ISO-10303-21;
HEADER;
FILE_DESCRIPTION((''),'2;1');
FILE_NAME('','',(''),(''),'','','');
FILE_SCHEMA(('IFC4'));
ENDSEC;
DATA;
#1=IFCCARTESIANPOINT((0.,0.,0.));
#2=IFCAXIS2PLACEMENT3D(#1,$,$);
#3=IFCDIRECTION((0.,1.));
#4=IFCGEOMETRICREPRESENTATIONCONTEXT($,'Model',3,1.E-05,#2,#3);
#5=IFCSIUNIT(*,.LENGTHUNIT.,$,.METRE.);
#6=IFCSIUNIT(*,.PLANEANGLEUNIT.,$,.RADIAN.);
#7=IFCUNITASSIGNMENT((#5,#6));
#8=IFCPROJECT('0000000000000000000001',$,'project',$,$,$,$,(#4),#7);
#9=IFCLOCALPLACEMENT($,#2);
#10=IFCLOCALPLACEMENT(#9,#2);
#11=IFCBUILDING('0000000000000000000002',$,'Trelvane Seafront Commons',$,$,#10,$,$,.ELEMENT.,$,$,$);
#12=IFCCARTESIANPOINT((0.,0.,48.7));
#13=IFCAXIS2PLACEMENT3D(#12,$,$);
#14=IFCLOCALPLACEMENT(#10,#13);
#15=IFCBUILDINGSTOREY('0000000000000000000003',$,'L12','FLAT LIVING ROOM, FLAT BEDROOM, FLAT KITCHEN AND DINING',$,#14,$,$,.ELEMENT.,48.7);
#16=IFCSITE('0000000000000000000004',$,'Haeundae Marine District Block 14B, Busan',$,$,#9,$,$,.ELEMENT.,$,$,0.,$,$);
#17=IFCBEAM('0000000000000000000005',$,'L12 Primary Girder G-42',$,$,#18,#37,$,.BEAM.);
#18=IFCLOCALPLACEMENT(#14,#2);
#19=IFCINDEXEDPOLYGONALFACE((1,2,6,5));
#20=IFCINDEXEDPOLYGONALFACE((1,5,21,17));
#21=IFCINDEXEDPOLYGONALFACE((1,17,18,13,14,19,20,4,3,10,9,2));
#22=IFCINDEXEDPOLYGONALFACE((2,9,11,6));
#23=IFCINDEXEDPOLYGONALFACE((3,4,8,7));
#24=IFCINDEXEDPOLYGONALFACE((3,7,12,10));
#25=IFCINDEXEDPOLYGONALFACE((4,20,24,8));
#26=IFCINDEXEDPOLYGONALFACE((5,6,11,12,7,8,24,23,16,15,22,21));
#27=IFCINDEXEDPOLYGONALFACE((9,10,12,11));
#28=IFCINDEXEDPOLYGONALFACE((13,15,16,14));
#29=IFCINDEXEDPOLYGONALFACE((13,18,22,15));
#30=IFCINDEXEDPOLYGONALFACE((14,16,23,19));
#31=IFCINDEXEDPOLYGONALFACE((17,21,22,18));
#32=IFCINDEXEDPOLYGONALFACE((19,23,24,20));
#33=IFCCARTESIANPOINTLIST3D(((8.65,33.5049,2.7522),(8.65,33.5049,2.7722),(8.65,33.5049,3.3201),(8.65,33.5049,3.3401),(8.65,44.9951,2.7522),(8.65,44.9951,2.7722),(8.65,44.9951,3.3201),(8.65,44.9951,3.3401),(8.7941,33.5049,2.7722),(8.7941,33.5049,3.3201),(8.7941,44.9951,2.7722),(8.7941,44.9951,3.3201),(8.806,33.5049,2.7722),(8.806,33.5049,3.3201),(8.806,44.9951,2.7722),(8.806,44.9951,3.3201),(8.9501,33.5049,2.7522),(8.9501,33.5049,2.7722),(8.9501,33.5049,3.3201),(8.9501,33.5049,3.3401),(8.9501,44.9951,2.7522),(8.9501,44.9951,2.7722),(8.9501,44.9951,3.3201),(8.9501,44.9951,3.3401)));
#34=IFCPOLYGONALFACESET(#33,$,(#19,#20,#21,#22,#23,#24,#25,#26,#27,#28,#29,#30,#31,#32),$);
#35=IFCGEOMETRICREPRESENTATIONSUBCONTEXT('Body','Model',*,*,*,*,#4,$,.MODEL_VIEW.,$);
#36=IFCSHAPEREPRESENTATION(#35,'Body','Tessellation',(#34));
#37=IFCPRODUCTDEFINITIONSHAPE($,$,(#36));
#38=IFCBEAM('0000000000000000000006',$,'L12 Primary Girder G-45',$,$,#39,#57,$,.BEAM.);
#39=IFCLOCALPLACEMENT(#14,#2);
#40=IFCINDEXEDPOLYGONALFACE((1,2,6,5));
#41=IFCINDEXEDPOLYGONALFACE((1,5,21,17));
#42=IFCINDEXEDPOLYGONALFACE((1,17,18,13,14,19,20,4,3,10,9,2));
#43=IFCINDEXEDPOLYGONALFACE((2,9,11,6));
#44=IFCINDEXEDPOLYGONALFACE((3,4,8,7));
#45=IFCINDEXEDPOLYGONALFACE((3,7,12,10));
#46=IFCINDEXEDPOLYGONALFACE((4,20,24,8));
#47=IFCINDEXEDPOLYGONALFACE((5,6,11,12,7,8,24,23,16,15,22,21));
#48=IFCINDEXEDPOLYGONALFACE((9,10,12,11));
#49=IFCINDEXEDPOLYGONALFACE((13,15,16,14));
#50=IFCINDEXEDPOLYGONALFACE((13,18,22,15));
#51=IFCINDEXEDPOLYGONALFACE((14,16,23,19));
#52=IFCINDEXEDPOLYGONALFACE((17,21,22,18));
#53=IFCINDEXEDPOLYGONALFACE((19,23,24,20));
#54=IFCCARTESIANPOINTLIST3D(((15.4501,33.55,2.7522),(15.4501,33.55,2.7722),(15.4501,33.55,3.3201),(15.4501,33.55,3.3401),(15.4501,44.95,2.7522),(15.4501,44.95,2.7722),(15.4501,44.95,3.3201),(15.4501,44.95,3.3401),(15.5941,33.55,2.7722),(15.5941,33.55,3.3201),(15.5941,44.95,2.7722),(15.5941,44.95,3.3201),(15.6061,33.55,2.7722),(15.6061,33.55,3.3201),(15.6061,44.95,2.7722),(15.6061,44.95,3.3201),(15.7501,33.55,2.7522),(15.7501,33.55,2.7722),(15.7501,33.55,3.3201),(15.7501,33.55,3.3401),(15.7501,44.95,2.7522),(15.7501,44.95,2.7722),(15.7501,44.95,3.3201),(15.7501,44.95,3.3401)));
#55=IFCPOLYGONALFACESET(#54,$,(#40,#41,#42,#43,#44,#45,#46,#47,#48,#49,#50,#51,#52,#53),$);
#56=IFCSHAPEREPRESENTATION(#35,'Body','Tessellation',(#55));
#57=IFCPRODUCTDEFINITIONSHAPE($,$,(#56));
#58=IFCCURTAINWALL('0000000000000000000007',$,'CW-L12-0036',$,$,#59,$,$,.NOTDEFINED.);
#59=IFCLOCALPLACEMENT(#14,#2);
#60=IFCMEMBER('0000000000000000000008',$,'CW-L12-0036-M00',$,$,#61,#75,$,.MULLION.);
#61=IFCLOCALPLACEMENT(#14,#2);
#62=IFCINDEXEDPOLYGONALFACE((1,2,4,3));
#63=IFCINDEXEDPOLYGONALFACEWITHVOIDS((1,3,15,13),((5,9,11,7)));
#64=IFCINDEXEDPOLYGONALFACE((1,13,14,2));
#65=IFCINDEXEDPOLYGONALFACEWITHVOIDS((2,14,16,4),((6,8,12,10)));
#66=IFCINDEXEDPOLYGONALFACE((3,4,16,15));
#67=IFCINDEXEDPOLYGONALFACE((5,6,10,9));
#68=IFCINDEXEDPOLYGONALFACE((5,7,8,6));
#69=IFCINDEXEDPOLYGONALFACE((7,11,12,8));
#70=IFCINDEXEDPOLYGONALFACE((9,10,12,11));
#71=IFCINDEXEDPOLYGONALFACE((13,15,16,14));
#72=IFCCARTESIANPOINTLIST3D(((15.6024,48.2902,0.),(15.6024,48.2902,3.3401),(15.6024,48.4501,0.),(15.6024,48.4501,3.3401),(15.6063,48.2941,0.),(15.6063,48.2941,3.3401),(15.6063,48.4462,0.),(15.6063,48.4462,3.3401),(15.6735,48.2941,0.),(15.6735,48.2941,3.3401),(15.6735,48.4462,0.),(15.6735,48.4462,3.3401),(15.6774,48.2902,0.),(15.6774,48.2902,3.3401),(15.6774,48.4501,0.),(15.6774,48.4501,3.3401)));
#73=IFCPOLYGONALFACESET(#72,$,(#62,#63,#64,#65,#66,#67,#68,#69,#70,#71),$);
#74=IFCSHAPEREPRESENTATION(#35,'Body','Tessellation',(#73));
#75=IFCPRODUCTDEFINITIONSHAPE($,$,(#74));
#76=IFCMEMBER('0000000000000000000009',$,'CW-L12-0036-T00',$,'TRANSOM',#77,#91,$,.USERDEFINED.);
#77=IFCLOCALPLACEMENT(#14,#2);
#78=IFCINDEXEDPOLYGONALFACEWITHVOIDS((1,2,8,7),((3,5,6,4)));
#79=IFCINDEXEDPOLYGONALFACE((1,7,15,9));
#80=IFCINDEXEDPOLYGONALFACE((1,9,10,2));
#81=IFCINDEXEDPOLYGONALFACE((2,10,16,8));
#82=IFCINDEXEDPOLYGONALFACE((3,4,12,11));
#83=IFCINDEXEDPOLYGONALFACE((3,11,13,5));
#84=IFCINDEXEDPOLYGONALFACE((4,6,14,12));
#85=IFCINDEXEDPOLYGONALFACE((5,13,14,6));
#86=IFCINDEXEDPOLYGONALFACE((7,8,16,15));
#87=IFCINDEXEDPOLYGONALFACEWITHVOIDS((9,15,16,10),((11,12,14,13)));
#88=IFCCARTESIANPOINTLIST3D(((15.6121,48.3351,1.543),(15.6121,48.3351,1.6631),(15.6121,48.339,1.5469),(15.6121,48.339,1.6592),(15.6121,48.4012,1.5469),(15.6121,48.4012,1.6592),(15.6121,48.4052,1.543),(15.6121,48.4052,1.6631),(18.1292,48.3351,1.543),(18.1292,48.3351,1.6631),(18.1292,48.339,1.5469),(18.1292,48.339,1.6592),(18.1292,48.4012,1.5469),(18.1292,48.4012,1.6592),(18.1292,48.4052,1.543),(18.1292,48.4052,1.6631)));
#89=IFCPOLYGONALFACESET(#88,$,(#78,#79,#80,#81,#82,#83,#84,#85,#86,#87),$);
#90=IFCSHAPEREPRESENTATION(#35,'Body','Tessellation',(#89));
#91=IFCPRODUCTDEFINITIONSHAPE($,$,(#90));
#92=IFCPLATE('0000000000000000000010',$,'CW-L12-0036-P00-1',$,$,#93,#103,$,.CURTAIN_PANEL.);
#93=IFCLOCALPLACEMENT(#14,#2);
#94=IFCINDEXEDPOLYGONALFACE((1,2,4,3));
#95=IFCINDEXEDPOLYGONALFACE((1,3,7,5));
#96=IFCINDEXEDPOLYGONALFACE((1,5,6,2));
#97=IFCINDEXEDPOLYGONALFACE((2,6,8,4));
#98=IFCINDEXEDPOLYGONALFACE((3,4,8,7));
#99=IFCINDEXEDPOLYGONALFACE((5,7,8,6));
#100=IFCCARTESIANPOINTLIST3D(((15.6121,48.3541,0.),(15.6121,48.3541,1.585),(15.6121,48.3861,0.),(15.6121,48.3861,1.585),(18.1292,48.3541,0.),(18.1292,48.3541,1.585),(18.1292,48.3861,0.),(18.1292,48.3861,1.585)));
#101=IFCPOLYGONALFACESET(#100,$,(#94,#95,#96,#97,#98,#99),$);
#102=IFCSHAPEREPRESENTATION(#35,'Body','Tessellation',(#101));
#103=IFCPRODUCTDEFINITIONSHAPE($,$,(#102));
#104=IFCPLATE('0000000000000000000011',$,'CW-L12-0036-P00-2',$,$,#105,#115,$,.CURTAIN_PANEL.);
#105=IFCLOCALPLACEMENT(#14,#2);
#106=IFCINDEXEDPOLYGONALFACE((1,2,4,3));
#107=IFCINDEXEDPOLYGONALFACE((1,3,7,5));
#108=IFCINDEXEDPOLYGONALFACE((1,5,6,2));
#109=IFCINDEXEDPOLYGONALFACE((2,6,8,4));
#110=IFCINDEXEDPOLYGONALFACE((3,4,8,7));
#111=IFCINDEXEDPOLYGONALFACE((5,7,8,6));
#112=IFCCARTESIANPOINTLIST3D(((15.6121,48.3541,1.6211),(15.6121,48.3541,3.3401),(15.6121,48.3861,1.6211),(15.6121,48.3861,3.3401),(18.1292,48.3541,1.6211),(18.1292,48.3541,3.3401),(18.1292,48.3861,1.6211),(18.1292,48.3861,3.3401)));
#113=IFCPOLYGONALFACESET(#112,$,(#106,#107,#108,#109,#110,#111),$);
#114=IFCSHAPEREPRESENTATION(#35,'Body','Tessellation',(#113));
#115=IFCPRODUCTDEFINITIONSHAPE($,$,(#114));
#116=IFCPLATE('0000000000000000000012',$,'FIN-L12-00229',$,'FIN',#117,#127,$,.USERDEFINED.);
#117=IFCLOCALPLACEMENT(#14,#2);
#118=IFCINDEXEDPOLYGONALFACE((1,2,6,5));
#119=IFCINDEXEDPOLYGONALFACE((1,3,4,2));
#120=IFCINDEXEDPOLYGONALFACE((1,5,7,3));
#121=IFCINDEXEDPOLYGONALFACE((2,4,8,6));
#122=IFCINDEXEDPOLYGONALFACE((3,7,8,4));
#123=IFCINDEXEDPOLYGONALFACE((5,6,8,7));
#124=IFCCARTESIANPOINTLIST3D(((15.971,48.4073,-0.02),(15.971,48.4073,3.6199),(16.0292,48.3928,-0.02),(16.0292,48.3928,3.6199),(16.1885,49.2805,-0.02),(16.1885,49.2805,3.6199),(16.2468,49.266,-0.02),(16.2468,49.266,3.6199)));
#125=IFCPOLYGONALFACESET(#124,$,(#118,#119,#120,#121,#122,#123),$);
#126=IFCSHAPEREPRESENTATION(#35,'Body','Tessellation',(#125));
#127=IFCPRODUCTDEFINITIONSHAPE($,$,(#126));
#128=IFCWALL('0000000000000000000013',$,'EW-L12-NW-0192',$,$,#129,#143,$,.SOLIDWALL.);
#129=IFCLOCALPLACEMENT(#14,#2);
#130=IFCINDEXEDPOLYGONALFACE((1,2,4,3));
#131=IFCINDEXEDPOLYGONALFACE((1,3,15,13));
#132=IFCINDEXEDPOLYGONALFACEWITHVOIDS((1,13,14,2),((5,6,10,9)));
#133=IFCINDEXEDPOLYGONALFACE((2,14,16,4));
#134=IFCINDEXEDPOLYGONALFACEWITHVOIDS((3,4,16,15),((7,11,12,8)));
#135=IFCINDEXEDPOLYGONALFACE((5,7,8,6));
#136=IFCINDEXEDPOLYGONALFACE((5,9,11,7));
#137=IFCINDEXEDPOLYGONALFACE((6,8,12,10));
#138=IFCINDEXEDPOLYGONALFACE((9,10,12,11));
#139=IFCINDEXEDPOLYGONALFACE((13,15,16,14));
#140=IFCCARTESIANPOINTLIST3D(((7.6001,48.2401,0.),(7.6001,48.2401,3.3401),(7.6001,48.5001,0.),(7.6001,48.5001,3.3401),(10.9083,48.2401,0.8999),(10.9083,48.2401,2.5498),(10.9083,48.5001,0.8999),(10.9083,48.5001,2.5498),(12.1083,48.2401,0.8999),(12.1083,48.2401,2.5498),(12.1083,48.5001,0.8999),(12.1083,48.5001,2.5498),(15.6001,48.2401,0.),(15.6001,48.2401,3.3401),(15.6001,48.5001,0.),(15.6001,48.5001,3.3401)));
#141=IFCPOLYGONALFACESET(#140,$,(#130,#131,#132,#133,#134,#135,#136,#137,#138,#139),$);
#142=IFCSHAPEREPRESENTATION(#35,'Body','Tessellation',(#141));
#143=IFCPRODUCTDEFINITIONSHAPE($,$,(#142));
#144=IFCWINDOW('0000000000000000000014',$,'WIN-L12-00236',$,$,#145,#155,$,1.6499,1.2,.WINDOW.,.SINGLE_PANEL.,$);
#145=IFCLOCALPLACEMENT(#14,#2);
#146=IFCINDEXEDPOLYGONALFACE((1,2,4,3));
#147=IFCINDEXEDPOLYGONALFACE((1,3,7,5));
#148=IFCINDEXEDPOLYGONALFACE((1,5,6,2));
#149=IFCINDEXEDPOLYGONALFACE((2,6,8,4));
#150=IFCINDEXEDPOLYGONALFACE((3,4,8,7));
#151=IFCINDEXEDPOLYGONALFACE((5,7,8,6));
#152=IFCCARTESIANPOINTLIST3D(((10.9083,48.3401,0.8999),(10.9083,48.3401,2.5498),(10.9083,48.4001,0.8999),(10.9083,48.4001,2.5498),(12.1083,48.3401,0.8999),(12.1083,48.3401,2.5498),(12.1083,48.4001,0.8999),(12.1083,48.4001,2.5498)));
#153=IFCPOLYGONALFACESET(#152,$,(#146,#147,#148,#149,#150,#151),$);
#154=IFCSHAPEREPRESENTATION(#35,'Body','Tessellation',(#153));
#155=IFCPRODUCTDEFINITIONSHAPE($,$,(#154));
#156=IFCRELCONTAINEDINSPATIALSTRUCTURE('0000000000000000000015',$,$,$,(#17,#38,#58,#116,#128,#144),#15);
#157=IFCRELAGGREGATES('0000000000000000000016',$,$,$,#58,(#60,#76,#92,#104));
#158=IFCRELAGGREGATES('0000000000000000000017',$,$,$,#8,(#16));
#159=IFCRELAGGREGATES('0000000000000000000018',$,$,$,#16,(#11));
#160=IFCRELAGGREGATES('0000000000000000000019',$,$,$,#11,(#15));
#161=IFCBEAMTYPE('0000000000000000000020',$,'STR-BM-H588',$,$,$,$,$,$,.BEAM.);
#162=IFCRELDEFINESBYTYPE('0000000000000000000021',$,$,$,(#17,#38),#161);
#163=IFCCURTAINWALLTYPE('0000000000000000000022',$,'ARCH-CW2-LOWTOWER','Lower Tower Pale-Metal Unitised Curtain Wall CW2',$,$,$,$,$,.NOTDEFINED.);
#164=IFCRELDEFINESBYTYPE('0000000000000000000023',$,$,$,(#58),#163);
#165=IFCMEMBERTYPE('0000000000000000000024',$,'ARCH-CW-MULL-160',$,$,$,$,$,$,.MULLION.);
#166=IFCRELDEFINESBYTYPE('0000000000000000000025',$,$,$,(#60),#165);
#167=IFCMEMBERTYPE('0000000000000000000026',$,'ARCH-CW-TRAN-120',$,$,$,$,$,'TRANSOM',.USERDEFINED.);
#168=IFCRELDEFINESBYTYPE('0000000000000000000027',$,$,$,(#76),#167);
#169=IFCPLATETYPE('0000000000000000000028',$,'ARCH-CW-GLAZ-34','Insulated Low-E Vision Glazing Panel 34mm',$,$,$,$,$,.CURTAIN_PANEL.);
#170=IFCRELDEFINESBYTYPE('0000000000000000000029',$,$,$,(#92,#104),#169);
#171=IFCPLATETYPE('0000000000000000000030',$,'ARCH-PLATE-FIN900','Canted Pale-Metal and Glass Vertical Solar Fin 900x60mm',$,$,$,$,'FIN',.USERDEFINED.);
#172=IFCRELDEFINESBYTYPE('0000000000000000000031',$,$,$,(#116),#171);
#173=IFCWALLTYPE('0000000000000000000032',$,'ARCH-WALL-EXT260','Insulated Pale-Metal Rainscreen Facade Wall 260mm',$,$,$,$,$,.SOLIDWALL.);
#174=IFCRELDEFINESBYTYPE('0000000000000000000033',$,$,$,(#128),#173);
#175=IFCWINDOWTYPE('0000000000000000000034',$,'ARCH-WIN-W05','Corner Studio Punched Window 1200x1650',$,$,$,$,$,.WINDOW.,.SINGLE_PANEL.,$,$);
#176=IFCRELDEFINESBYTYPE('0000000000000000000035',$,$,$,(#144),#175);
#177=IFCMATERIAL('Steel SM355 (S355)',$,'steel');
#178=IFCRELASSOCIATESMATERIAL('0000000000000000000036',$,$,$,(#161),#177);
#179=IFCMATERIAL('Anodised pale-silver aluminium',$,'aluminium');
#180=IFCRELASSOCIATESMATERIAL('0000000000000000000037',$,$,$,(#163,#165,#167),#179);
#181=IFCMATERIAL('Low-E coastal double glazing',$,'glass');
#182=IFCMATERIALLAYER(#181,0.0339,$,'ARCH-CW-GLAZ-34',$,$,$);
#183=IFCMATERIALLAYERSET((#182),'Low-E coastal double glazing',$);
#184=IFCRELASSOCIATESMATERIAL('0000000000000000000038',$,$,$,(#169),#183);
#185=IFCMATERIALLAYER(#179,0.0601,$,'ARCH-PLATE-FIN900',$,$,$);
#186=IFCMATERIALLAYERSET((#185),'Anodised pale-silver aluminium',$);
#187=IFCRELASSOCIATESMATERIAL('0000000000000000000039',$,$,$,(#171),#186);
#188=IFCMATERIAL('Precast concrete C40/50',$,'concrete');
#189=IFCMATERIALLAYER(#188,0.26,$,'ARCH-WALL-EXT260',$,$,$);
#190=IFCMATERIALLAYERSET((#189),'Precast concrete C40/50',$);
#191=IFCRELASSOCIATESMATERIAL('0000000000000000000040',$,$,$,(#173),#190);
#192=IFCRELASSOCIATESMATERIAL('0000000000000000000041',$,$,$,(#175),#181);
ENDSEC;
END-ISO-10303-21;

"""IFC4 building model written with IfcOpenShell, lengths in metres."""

from ifc_helpers import new_model, si_unit, direction, frame, frame_2d, origin, origin_2d, place, context, subcontext, project, spatial, rectangle, hollow_rectangle, i_section, extrude, source, transform, mapped, material, layer, layer_set, material_profile, profile_set, type_object, element, fill, aggregate, save


model = new_model("IFC4")

# Units and contexts
model_context = context("Model", 3, precision=1e-05, world=origin(), true_north=direction((0.0, 1.0)))
body_context = subcontext(model_context, "Body", "Model", "MODEL_VIEW")
ifc_project = project(units=[si_unit("LENGTHUNIT", "METRE"), si_unit("PLANEANGLEUNIT", "RADIAN")], contexts=[model_context])

# Site, building, storey
site_placement = place(None, origin())
site = spatial("IfcSite", under=ifc_project, at=site_placement, Name="Haeundae Marine District Block 14B, Busan", CompositionType="ELEMENT", RefElevation=0.0)
building_placement = place(site_placement, origin())
building = spatial("IfcBuilding", under=site, at=building_placement, Name="Trelvane Seafront Commons", CompositionType="ELEMENT")
storey_placement = place(building_placement, frame((0.0, 0.0, 48.7)))
storey = spatial("IfcBuildingStorey", under=building, at=storey_placement, Name="L12", Description="FLAT LIVING ROOM, FLAT BEDROOM, FLAT KITCHEN AND DINING", CompositionType="ELEMENT", Elevation=48.7)

# Shared definitions
ifc_material_1 = material(Name="Steel SM355 (S355)", Category="steel")

# Beams
ifc_material_profile_1 = material_profile(ifc_material_1, i_section(OverallWidth=0.3, OverallDepth=0.5879, WebThickness=0.012, FlangeThickness=0.02, at=origin_2d()), Name="H-588x300x12x20")
ifc_profile_set_1 = profile_set([ifc_material_profile_1], Name="Steel SM355 (S355)")
beam_type_1 = type_object("IfcBeamType", Name="STR-BM-H588", PredefinedType="BEAM", material=ifc_profile_set_1)
shared_shape_1 = source(origin(), body_context, "Body", "SweptSolid", [
    extrude(i_section(OverallWidth=0.3, OverallDepth=0.5879, WebThickness=0.012, FlangeThickness=0.02, at=origin_2d()), origin(), (0.0, 0.0, 1.0), 11.4902),
])
for number, where, z_axis, x_axis, name in (
    (1, (8.8, 33.5049, 3.0461), (0.0, 1.0, 0.0), (-1.0, 0.0, 0.0), "L12 Primary Girder G-42"),
):
    element("IfcBeam", number, at=place(storey_placement, frame(where, z_axis=z_axis, x_axis=x_axis)), inside=storey, type_object=beam_type_1, Name=name, PredefinedType="BEAM", context=body_context, shape_type="MappedRepresentation", body=[
        mapped(shared_shape_1, transform((0.0, 0.0, 0.0), x_axis=(1.0, 0.0, 0.0), y_axis=(0.0, 1.0, 0.0), z_axis=(0.0, 0.0, 1.0), scale=1.0)),
    ])
shared_shape_2 = source(origin(), body_context, "Body", "SweptSolid", [
    extrude(i_section(OverallWidth=0.3, OverallDepth=0.5879, WebThickness=0.012, FlangeThickness=0.02, at=origin_2d()), origin(), (0.0, 0.0, 1.0), 11.3999),
])
beam_1_placement = place(storey_placement, frame((15.6001, 33.55, 3.0461), z_axis=(0.0, 1.0, 0.0), x_axis=(-1.0, 0.0, 0.0)))
element("IfcBeam", 2, at=beam_1_placement, inside=storey, type_object=beam_type_1, Name="L12 Primary Girder G-45", PredefinedType="BEAM", context=body_context, shape_type="MappedRepresentation", body=[
    mapped(shared_shape_2, transform((0.0, 0.0, 0.0), x_axis=(1.0, 0.0, 0.0), y_axis=(0.0, 1.0, 0.0), z_axis=(0.0, 0.0, 1.0), scale=1.0)),
])

# Curtain wall, members, plates
ifc_material_2 = material(Name="Anodised pale-silver aluminium", Category="aluminium")
curtain_wall_type = type_object("IfcCurtainWallType", Name="ARCH-CW2-LOWTOWER", Description="Lower Tower Pale-Metal Unitised Curtain Wall CW2", PredefinedType="NOTDEFINED", material=ifc_material_2)
curtain_wall_placement = place(storey_placement, origin())
curtain_wall = element("IfcCurtainWall", 3, at=curtain_wall_placement, inside=storey, type_object=curtain_wall_type, Name="CW-L12-0036", PredefinedType="NOTDEFINED")
ifc_material_profile_2 = material_profile(ifc_material_2, hollow_rectangle(XDim=0.075, YDim=0.1599, WallThickness=0.0039, at=origin_2d()), Name="MULL-75x160x4")
ifc_profile_set_2 = profile_set([ifc_material_profile_2], Name="Anodised pale-silver aluminium")
member_type_1 = type_object("IfcMemberType", Name="ARCH-CW-MULL-160", PredefinedType="MULLION", material=ifc_profile_set_2)
shared_shape_3 = source(origin(), body_context, "Body", "SweptSolid", [
    extrude(hollow_rectangle(XDim=0.075, YDim=0.1599, WallThickness=0.0039, at=origin_2d()), origin(), (0.0, 0.0, 1.0), 3.3401),
])
member_1_placement = place(storey_placement, frame((15.6399, 48.3701, 0.0), z_axis=(0.0, 0.0, 1.0), x_axis=(1.0, 0.0, 0.0)))
member_1 = element("IfcMember", 4, at=member_1_placement, type_object=member_type_1, Name="CW-L12-0036-M00", PredefinedType="MULLION", context=body_context, shape_type="MappedRepresentation", body=[
    mapped(shared_shape_3, transform((0.0, 0.0, 0.0), x_axis=(1.0, 0.0, 0.0), y_axis=(0.0, 1.0, 0.0), z_axis=(0.0, 0.0, 1.0), scale=1.0)),
])
ifc_material_profile_3 = material_profile(ifc_material_2, hollow_rectangle(XDim=0.0701, YDim=0.1201, WallThickness=0.0039, at=origin_2d()), Name="TRAN-70x120x4")
ifc_profile_set_3 = profile_set([ifc_material_profile_3], Name="Anodised pale-silver aluminium")
member_type_2 = type_object("IfcMemberType", Name="ARCH-CW-TRAN-120", ElementType="TRANSOM", PredefinedType="USERDEFINED", material=ifc_profile_set_3)
shared_shape_4 = source(origin(), body_context, "Body", "SweptSolid", [
    extrude(hollow_rectangle(XDim=0.0701, YDim=0.1201, WallThickness=0.0039, at=origin_2d()), origin(), (0.0, 0.0, 1.0), 2.5171),
])
member_2_placement = place(storey_placement, frame((15.6121, 48.3701, 1.603), z_axis=(1.0, 0.0, 0.0), x_axis=(0.0, 1.0, 0.0)))
member_2 = element("IfcMember", 5, at=member_2_placement, type_object=member_type_2, Name="CW-L12-0036-T00", ObjectType="TRANSOM", PredefinedType="USERDEFINED", context=body_context, shape_type="MappedRepresentation", body=[
    mapped(shared_shape_4, transform((0.0, 0.0, 0.0), x_axis=(1.0, 0.0, 0.0), y_axis=(0.0, 1.0, 0.0), z_axis=(0.0, 0.0, 1.0), scale=1.0)),
])
ifc_material_3 = material(Name="Low-E coastal double glazing", Category="glass")
ifc_layer_1 = layer(ifc_material_3, 0.0339, Name="ARCH-CW-GLAZ-34")
ifc_layer_set_1 = layer_set([ifc_layer_1], Name="Low-E coastal double glazing")
plate_type_1 = type_object("IfcPlateType", Name="ARCH-CW-GLAZ-34", Description="Insulated Low-E Vision Glazing Panel 34mm", PredefinedType="CURTAIN_PANEL", material=ifc_layer_set_1)
shared_shape_5 = source(origin(), body_context, "Body", "SweptSolid", [
    extrude(rectangle(XDim=2.5171, YDim=0.032, at=origin_2d()), origin(), (0.0, 0.0, 1.0), 1.585),
])
plate_1_placement = place(storey_placement, frame((16.8706, 48.3701, 0.0), z_axis=(0.0, 0.0, 1.0), x_axis=(1.0, 0.0, 0.0)))
plate_1 = element("IfcPlate", 6, at=plate_1_placement, type_object=plate_type_1, Name="CW-L12-0036-P00-1", PredefinedType="CURTAIN_PANEL", context=body_context, shape_type="MappedRepresentation", body=[
    mapped(shared_shape_5, transform((0.0, 0.0, 0.0), x_axis=(1.0, 0.0, 0.0), y_axis=(0.0, 1.0, 0.0), z_axis=(0.0, 0.0, 1.0), scale=1.0)),
])
shared_shape_6 = source(origin(), body_context, "Body", "SweptSolid", [
    extrude(rectangle(XDim=2.5171, YDim=0.032, at=origin_2d()), origin(), (0.0, 0.0, 1.0), 1.719),
])
plate_2_placement = place(storey_placement, frame((16.8706, 48.3701, 1.6211), z_axis=(0.0, 0.0, 1.0), x_axis=(1.0, 0.0, 0.0)))
plate_2 = element("IfcPlate", 7, at=plate_2_placement, type_object=plate_type_1, Name="CW-L12-0036-P00-2", PredefinedType="CURTAIN_PANEL", context=body_context, shape_type="MappedRepresentation", body=[
    mapped(shared_shape_6, transform((0.0, 0.0, 0.0), x_axis=(1.0, 0.0, 0.0), y_axis=(0.0, 1.0, 0.0), z_axis=(0.0, 0.0, 1.0), scale=1.0)),
])
aggregate(curtain_wall, [member_1, member_2, plate_1, plate_2])

# Plate
ifc_layer_2 = layer(ifc_material_2, 0.0601, Name="ARCH-PLATE-FIN900")
ifc_layer_set_2 = layer_set([ifc_layer_2], Name="Anodised pale-silver aluminium")
plate_type_2 = type_object("IfcPlateType", Name="ARCH-PLATE-FIN900", Description="Canted Pale-Metal and Glass Vertical Solar Fin 900x60mm", ElementType="FIN", PredefinedType="USERDEFINED", material=ifc_layer_set_2)
shared_shape_7 = source(origin(), body_context, "Body", "SweptSolid", [
    extrude(rectangle(XDim=0.8999, YDim=0.0601, at=origin_2d()), origin(), (0.0, 0.0, 1.0), 3.6399),
])
plate_3_placement = place(storey_placement, frame((16.1089, 48.8367, -0.02), z_axis=(0.0, 0.0, 1.0), x_axis=(0.241778, 0.970332, 0.0)))
element("IfcPlate", 8, at=plate_3_placement, inside=storey, type_object=plate_type_2, Name="FIN-L12-00229", ObjectType="FIN", PredefinedType="USERDEFINED", context=body_context, shape_type="MappedRepresentation", body=[
    mapped(shared_shape_7, transform((0.0, 0.0, 0.0), x_axis=(1.0, 0.0, 0.0), y_axis=(0.0, 1.0, 0.0), z_axis=(0.0, 0.0, 1.0), scale=1.0)),
])

# Wall, opening, window
ifc_material_4 = material(Name="Precast concrete C40/50", Category="concrete")
ifc_layer_3 = layer(ifc_material_4, 0.26, Name="ARCH-WALL-EXT260")
ifc_layer_set_3 = layer_set([ifc_layer_3], Name="Precast concrete C40/50")
wall_type_1 = type_object("IfcWallType", Name="ARCH-WALL-EXT260", Description="Insulated Pale-Metal Rainscreen Facade Wall 260mm", PredefinedType="SOLIDWALL", material=ifc_layer_set_3)
wall_1_placement = place(storey_placement, frame((7.6001, 48.3701, 0.0), z_axis=(0.0, 0.0, 1.0), x_axis=(1.0, 0.0, 0.0)))
wall_1 = element("IfcWall", 9, at=wall_1_placement, inside=storey, type_object=wall_type_1, Name="EW-L12-NW-0192", PredefinedType="SOLIDWALL", context=body_context, shape_type="SweptSolid", body=[
    extrude(rectangle(XDim=8.0, YDim=0.26, at=frame_2d((4.0, 0.0))), origin(), (0.0, 0.0, 1.0), 3.3401),
])
opening_1_placement = place(wall_1_placement, frame((3.3081, 0.0, 0.8999)))
opening_1 = element("IfcOpeningElement", 10, at=opening_1_placement, cuts=wall_1, PredefinedType="OPENING", context=body_context, shape_type="SweptSolid", body=[
    extrude(rectangle(XDim=1.2, YDim=1.6499, at=frame_2d((0.6001, 0.825))), frame((0.0, 0.1399, 0.0), z_axis=(0.0, -1.0, 0.0), x_axis=(1.0, 0.0, 0.0)), (0.0, 0.0, 1.0), 0.28),
])
window_type = type_object("IfcWindowType", Name="ARCH-WIN-W05", Description="Corner Studio Punched Window 1200x1650", PartitioningType="SINGLE_PANEL", PredefinedType="WINDOW", material=ifc_material_3)
shared_shape_8 = source(origin(), body_context, "Body", "SweptSolid", [
    extrude(rectangle(XDim=1.2, YDim=1.6499, at=frame_2d((0.6001, 0.825))), frame((0.0, 0.03, 0.0), z_axis=(0.0, -1.0, 0.0), x_axis=(1.0, 0.0, 0.0)), (0.0, 0.0, 1.0), 0.0601),
])
window_placement = place(opening_1_placement, origin())
window = element("IfcWindow", 11, at=window_placement, inside=storey, type_object=window_type, Name="WIN-L12-00236", OverallHeight=1.6499, OverallWidth=1.2, PartitioningType="SINGLE_PANEL", PredefinedType="WINDOW", context=body_context, shape_type="MappedRepresentation", body=[
    mapped(shared_shape_8, transform((0.0, 0.0, 0.0), x_axis=(1.0, 0.0, 0.0), y_axis=(0.0, 1.0, 0.0), z_axis=(0.0, 0.0, 1.0), scale=1.0)),
])
fill(opening_1, window)

save(model, "model.ifc")
